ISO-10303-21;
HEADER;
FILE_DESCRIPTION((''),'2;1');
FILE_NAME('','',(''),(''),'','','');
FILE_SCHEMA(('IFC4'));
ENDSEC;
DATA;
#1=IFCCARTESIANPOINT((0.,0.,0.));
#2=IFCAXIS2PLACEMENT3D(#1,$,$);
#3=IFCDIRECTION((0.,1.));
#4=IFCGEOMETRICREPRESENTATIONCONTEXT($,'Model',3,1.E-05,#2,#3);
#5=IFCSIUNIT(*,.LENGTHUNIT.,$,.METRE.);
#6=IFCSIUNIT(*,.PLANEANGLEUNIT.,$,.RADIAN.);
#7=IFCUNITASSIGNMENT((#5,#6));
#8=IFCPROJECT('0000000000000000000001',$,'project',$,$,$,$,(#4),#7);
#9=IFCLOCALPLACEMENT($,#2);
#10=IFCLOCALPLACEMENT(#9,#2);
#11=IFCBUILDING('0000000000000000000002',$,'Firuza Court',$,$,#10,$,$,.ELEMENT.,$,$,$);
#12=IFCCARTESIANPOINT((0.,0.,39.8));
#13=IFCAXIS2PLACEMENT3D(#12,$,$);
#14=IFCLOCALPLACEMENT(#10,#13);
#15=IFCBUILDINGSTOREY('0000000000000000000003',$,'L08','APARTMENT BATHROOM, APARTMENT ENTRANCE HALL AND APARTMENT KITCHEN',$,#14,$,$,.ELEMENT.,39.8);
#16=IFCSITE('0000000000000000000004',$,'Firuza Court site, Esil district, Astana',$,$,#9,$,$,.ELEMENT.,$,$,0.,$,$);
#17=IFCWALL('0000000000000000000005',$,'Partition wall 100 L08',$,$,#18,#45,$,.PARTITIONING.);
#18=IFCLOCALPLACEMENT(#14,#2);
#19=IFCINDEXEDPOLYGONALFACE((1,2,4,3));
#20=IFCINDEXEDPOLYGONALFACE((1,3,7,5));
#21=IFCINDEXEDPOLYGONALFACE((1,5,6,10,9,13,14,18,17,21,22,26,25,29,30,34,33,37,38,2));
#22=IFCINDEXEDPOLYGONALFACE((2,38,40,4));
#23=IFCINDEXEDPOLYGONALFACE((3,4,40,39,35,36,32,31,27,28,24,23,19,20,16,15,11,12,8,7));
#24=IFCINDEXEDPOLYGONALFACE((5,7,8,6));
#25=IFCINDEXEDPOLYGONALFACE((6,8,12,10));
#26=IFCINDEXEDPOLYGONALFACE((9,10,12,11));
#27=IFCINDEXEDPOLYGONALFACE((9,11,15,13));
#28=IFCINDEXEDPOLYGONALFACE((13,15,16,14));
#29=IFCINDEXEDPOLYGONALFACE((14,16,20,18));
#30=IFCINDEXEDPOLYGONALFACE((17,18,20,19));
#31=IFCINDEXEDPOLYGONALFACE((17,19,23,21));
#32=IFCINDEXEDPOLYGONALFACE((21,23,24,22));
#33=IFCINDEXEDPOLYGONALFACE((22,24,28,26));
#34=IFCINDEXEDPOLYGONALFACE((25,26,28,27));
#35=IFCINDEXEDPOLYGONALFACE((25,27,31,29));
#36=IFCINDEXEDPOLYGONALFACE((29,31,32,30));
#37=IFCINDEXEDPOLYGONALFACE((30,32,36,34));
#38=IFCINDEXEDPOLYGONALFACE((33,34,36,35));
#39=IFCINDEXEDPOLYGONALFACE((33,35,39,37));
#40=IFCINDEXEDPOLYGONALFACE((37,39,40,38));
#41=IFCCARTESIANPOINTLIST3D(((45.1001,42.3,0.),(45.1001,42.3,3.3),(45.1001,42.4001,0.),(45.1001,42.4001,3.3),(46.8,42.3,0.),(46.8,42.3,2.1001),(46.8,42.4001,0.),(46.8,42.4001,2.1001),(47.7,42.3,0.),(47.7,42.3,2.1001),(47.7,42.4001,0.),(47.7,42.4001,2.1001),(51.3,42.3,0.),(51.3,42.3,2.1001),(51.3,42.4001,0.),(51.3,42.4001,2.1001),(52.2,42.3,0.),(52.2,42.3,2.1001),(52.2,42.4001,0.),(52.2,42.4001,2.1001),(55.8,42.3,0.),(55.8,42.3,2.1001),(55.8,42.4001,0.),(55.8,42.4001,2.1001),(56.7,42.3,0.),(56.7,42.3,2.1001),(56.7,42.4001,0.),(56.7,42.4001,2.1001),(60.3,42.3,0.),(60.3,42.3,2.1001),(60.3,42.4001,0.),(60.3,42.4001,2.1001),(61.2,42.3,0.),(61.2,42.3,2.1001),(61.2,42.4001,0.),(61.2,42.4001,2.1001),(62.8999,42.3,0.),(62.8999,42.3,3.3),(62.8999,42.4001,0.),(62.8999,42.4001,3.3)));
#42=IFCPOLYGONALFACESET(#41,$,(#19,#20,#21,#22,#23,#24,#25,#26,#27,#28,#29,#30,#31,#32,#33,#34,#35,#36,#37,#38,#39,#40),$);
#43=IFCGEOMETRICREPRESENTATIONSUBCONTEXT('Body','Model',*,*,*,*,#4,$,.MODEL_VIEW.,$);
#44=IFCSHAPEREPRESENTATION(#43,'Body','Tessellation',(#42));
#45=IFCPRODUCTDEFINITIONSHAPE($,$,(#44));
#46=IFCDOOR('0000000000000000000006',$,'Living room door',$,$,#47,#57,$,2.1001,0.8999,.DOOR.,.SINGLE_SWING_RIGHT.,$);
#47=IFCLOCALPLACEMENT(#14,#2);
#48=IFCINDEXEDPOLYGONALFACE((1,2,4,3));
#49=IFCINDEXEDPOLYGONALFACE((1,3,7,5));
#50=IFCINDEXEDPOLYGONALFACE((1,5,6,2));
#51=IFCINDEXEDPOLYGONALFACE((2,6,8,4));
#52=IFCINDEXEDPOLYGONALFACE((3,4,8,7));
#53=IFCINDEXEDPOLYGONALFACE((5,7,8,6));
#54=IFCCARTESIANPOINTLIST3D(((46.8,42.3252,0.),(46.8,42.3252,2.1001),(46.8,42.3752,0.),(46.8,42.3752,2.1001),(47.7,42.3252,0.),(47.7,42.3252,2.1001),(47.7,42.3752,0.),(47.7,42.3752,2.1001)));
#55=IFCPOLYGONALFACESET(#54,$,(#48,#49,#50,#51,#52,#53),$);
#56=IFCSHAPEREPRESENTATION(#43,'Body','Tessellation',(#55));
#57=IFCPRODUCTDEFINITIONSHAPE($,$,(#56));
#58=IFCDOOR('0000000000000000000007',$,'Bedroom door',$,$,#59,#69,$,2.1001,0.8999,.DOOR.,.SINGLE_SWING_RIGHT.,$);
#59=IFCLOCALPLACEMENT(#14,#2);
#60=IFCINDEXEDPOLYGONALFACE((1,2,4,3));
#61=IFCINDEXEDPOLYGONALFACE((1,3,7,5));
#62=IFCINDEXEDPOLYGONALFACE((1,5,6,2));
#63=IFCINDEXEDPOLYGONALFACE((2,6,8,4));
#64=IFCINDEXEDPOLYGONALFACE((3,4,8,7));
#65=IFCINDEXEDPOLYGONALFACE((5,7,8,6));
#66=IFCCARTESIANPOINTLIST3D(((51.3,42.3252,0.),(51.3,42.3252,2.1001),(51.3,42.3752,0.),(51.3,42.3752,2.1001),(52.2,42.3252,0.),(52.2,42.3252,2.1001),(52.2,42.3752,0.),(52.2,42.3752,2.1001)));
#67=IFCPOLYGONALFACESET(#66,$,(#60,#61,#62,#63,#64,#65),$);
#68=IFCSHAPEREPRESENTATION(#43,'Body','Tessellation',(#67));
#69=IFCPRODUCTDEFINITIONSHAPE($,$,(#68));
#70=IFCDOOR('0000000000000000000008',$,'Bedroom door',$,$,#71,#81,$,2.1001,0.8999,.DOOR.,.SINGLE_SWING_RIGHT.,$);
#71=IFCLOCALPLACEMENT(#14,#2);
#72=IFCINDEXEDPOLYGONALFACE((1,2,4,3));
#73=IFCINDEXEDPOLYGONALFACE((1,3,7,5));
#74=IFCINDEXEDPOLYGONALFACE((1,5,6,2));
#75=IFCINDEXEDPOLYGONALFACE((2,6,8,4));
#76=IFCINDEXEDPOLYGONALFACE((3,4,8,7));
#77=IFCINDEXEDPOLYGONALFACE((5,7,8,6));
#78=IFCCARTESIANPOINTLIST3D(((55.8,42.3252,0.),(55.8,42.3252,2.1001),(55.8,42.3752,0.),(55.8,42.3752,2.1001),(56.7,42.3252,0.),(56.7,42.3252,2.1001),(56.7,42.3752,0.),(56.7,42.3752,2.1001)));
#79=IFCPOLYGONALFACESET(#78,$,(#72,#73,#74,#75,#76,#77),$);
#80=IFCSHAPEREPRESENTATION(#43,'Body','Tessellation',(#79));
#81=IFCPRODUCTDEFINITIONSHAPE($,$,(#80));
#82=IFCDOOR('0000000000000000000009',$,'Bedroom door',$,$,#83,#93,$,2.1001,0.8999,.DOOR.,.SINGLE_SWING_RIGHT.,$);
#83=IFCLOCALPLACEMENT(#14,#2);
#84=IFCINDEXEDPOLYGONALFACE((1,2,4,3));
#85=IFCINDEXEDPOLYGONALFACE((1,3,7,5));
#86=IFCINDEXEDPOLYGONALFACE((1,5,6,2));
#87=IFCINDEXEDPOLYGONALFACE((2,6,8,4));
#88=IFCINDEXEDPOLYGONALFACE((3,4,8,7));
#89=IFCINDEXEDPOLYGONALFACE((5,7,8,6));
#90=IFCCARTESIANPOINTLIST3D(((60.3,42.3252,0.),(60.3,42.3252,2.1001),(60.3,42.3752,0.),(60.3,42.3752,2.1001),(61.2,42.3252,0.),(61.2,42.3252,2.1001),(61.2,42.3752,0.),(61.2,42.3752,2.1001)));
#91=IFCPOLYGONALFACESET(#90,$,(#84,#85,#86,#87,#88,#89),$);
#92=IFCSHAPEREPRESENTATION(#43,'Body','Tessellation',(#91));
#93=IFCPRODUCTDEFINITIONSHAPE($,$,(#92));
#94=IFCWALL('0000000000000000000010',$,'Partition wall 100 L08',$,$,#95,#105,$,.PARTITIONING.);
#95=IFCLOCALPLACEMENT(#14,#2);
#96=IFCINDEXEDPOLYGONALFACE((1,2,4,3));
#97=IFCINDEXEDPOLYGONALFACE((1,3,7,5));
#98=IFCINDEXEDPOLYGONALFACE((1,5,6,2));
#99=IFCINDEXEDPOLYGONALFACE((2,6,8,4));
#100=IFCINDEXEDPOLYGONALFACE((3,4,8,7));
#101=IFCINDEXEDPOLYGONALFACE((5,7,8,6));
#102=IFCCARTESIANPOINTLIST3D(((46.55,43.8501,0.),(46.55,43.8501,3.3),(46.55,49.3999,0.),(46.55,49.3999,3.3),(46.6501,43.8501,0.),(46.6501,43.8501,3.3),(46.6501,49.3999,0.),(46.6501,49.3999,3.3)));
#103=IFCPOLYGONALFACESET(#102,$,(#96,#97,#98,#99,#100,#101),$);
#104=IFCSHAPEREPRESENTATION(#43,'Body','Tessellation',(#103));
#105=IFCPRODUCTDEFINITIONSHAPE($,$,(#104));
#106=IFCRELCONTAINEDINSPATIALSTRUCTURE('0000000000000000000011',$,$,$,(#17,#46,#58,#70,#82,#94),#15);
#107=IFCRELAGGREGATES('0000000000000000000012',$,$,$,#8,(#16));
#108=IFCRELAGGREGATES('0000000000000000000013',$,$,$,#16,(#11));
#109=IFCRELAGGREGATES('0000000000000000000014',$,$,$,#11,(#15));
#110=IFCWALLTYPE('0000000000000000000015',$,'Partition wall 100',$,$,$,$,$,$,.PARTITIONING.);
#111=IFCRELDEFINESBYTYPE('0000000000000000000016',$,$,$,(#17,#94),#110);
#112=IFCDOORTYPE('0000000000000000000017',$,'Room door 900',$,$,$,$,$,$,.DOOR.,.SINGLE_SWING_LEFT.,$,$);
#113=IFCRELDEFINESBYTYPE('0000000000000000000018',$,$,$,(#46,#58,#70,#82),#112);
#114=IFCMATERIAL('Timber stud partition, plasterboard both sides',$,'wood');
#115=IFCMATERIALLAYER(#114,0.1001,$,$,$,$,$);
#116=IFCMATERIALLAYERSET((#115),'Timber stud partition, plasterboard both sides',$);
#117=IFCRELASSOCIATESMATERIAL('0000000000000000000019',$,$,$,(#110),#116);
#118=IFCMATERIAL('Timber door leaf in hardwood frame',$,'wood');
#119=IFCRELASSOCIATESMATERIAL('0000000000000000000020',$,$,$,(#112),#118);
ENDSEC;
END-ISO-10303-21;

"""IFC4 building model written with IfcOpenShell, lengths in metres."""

from ifc_helpers import new_model, si_unit, direction, frame, frame_2d, origin, place, context, subcontext, project, spatial, rectangle, extrude, material, layer, layer_set, type_object, element, fill, save


model = new_model("IFC4")

# Units and contexts
model_context = context("Model", 3, precision=1e-05, world=origin(), true_north=direction((0.0, 1.0)))
body_context = subcontext(model_context, "Body", "Model", "MODEL_VIEW")
ifc_project = project(units=[si_unit("LENGTHUNIT", "METRE"), si_unit("PLANEANGLEUNIT", "RADIAN")], contexts=[model_context])

# Site, building, storey
site_placement = place(None, origin())
site = spatial("IfcSite", under=ifc_project, at=site_placement, Name="Firuza Court site, Esil district, Astana", CompositionType="ELEMENT", RefElevation=0.0)
building_placement = place(site_placement, origin())
building = spatial("IfcBuilding", under=site, at=building_placement, Name="Firuza Court", CompositionType="ELEMENT")
storey_placement = place(building_placement, frame((0.0, 0.0, 39.8)))
storey = spatial("IfcBuildingStorey", under=building, at=storey_placement, Name="L08", Description="APARTMENT BATHROOM, APARTMENT ENTRANCE HALL AND APARTMENT KITCHEN", CompositionType="ELEMENT", Elevation=39.8)

# Shared definitions
ifc_material_1 = material(Name="Timber stud partition, plasterboard both sides", Category="wood")
ifc_layer_1 = layer(ifc_material_1, 0.1001)
ifc_layer_set_1 = layer_set([ifc_layer_1], Name="Timber stud partition, plasterboard both sides")
wall_type_1 = type_object("IfcWallType", Name="Partition wall 100", PredefinedType="PARTITIONING", material=ifc_layer_set_1)

# Wall, openings, doors
wall_1_placement = place(storey_placement, frame((45.1001, 42.3501, 0.0), z_axis=(0.0, 0.0, 1.0), x_axis=(1.0, 0.0, 0.0)))
wall_1 = element("IfcWall", 1, at=wall_1_placement, inside=storey, type_object=wall_type_1, Name="Partition wall 100 L08", PredefinedType="PARTITIONING", context=body_context, shape_type="SweptSolid", body=[
    extrude(rectangle(XDim=17.7998, YDim=0.1001, at=frame_2d((8.8999, 0.0))), origin(), (0.0, 0.0, 1.0), 3.3),
])
opening_1_placement = place(wall_1_placement, frame((1.7, 0.0, 0.0)))
opening_1 = element("IfcOpeningElement", 2, at=opening_1_placement, cuts=wall_1, PredefinedType="OPENING", context=body_context, shape_type="SweptSolid", body=[
    extrude(rectangle(XDim=0.8999, YDim=2.1001, at=frame_2d((0.45, 1.05))), frame((0.0, 0.062, 0.0), z_axis=(0.0, -1.0, 0.0), x_axis=(1.0, 0.0, 0.0)), (0.0, 0.0, 1.0), 0.124),
])
opening_2_placement = place(wall_1_placement, frame((6.2, 0.0, 0.0)))
opening_2 = element("IfcOpeningElement", 3, at=opening_2_placement, cuts=wall_1, PredefinedType="OPENING", context=body_context, shape_type="SweptSolid", body=[
    extrude(rectangle(XDim=0.8999, YDim=2.1001, at=frame_2d((0.45, 1.05))), frame((0.0, 0.062, 0.0), z_axis=(0.0, -1.0, 0.0), x_axis=(1.0, 0.0, 0.0)), (0.0, 0.0, 1.0), 0.124),
])
opening_3_placement = place(wall_1_placement, frame((10.7, 0.0, 0.0)))
opening_3 = element("IfcOpeningElement", 4, at=opening_3_placement, cuts=wall_1, PredefinedType="OPENING", context=body_context, shape_type="SweptSolid", body=[
    extrude(rectangle(XDim=0.8999, YDim=2.1001, at=frame_2d((0.45, 1.05))), frame((0.0, 0.062, 0.0), z_axis=(0.0, -1.0, 0.0), x_axis=(1.0, 0.0, 0.0)), (0.0, 0.0, 1.0), 0.124),
])
opening_4_placement = place(wall_1_placement, frame((15.2, 0.0, 0.0)))
opening_4 = element("IfcOpeningElement", 5, at=opening_4_placement, cuts=wall_1, PredefinedType="OPENING", context=body_context, shape_type="SweptSolid", body=[
    extrude(rectangle(XDim=0.8999, YDim=2.1001, at=frame_2d((0.45, 1.05))), frame((0.0, 0.062, 0.0), z_axis=(0.0, -1.0, 0.0), x_axis=(1.0, 0.0, 0.0)), (0.0, 0.0, 1.0), 0.124),
])
ifc_material_2 = material(Name="Timber door leaf in hardwood frame", Category="wood")
door_type_1 = type_object("IfcDoorType", Name="Room door 900", OperationType="SINGLE_SWING_LEFT", PredefinedType="DOOR", material=ifc_material_2)
door_1_placement = place(opening_1_placement, frame((0.8999, 0.0, 0.0), z_axis=(0.0, 0.0, 1.0), x_axis=(-1.0, 0.0, 0.0)))
door_1 = element("IfcDoor", 6, at=door_1_placement, inside=storey, type_object=door_type_1, Name="Living room door", OperationType="SINGLE_SWING_RIGHT", OverallHeight=2.1001, OverallWidth=0.8999, PredefinedType="DOOR", context=body_context, shape_type="SweptSolid", body=[
    extrude(rectangle(XDim=0.8999, YDim=2.1001, at=frame_2d((0.45, 1.05))), frame((0.0, 0.0249, 0.0), z_axis=(0.0, -1.0, 0.0), x_axis=(1.0, 0.0, 0.0)), (0.0, 0.0, 1.0), 0.05),
])
fill(opening_1, door_1)
door_2_placement = place(opening_2_placement, frame((0.8999, 0.0, 0.0), z_axis=(0.0, 0.0, 1.0), x_axis=(-1.0, 0.0, 0.0)))
door_2 = element("IfcDoor", 7, at=door_2_placement, inside=storey, type_object=door_type_1, Name="Bedroom door", OperationType="SINGLE_SWING_RIGHT", OverallHeight=2.1001, OverallWidth=0.8999, PredefinedType="DOOR", context=body_context, shape_type="SweptSolid", body=[
    extrude(rectangle(XDim=0.8999, YDim=2.1001, at=frame_2d((0.45, 1.05))), frame((0.0, 0.0249, 0.0), z_axis=(0.0, -1.0, 0.0), x_axis=(1.0, 0.0, 0.0)), (0.0, 0.0, 1.0), 0.05),
])
fill(opening_2, door_2)
door_3_placement = place(opening_3_placement, frame((0.8999, 0.0, 0.0), z_axis=(0.0, 0.0, 1.0), x_axis=(-1.0, 0.0, 0.0)))
door_3 = element("IfcDoor", 8, at=door_3_placement, inside=storey, type_object=door_type_1, Name="Bedroom door", OperationType="SINGLE_SWING_RIGHT", OverallHeight=2.1001, OverallWidth=0.8999, PredefinedType="DOOR", context=body_context, shape_type="SweptSolid", body=[
    extrude(rectangle(XDim=0.8999, YDim=2.1001, at=frame_2d((0.45, 1.05))), frame((0.0, 0.0249, 0.0), z_axis=(0.0, -1.0, 0.0), x_axis=(1.0, 0.0, 0.0)), (0.0, 0.0, 1.0), 0.05),
])
fill(opening_3, door_3)
door_4_placement = place(opening_4_placement, frame((0.8999, 0.0, 0.0), z_axis=(0.0, 0.0, 1.0), x_axis=(-1.0, 0.0, 0.0)))
door_4 = element("IfcDoor", 9, at=door_4_placement, inside=storey, type_object=door_type_1, Name="Bedroom door", OperationType="SINGLE_SWING_RIGHT", OverallHeight=2.1001, OverallWidth=0.8999, PredefinedType="DOOR", context=body_context, shape_type="SweptSolid", body=[
    extrude(rectangle(XDim=0.8999, YDim=2.1001, at=frame_2d((0.45, 1.05))), frame((0.0, 0.0249, 0.0), z_axis=(0.0, -1.0, 0.0), x_axis=(1.0, 0.0, 0.0)), (0.0, 0.0, 1.0), 0.05),
])
fill(opening_4, door_4)

# Wall
wall_2_placement = place(storey_placement, frame((46.6001, 43.8501, 0.0), z_axis=(0.0, 0.0, 1.0), x_axis=(0.0, 1.0, 0.0)))
element("IfcWall", 10, at=wall_2_placement, inside=storey, type_object=wall_type_1, Name="Partition wall 100 L08", PredefinedType="PARTITIONING", context=body_context, shape_type="SweptSolid", body=[
    extrude(rectangle(XDim=5.5498, YDim=0.1001, at=frame_2d((2.7749, 0.0))), origin(), (0.0, 0.0, 1.0), 3.3),
])

save(model, "model.ifc")
